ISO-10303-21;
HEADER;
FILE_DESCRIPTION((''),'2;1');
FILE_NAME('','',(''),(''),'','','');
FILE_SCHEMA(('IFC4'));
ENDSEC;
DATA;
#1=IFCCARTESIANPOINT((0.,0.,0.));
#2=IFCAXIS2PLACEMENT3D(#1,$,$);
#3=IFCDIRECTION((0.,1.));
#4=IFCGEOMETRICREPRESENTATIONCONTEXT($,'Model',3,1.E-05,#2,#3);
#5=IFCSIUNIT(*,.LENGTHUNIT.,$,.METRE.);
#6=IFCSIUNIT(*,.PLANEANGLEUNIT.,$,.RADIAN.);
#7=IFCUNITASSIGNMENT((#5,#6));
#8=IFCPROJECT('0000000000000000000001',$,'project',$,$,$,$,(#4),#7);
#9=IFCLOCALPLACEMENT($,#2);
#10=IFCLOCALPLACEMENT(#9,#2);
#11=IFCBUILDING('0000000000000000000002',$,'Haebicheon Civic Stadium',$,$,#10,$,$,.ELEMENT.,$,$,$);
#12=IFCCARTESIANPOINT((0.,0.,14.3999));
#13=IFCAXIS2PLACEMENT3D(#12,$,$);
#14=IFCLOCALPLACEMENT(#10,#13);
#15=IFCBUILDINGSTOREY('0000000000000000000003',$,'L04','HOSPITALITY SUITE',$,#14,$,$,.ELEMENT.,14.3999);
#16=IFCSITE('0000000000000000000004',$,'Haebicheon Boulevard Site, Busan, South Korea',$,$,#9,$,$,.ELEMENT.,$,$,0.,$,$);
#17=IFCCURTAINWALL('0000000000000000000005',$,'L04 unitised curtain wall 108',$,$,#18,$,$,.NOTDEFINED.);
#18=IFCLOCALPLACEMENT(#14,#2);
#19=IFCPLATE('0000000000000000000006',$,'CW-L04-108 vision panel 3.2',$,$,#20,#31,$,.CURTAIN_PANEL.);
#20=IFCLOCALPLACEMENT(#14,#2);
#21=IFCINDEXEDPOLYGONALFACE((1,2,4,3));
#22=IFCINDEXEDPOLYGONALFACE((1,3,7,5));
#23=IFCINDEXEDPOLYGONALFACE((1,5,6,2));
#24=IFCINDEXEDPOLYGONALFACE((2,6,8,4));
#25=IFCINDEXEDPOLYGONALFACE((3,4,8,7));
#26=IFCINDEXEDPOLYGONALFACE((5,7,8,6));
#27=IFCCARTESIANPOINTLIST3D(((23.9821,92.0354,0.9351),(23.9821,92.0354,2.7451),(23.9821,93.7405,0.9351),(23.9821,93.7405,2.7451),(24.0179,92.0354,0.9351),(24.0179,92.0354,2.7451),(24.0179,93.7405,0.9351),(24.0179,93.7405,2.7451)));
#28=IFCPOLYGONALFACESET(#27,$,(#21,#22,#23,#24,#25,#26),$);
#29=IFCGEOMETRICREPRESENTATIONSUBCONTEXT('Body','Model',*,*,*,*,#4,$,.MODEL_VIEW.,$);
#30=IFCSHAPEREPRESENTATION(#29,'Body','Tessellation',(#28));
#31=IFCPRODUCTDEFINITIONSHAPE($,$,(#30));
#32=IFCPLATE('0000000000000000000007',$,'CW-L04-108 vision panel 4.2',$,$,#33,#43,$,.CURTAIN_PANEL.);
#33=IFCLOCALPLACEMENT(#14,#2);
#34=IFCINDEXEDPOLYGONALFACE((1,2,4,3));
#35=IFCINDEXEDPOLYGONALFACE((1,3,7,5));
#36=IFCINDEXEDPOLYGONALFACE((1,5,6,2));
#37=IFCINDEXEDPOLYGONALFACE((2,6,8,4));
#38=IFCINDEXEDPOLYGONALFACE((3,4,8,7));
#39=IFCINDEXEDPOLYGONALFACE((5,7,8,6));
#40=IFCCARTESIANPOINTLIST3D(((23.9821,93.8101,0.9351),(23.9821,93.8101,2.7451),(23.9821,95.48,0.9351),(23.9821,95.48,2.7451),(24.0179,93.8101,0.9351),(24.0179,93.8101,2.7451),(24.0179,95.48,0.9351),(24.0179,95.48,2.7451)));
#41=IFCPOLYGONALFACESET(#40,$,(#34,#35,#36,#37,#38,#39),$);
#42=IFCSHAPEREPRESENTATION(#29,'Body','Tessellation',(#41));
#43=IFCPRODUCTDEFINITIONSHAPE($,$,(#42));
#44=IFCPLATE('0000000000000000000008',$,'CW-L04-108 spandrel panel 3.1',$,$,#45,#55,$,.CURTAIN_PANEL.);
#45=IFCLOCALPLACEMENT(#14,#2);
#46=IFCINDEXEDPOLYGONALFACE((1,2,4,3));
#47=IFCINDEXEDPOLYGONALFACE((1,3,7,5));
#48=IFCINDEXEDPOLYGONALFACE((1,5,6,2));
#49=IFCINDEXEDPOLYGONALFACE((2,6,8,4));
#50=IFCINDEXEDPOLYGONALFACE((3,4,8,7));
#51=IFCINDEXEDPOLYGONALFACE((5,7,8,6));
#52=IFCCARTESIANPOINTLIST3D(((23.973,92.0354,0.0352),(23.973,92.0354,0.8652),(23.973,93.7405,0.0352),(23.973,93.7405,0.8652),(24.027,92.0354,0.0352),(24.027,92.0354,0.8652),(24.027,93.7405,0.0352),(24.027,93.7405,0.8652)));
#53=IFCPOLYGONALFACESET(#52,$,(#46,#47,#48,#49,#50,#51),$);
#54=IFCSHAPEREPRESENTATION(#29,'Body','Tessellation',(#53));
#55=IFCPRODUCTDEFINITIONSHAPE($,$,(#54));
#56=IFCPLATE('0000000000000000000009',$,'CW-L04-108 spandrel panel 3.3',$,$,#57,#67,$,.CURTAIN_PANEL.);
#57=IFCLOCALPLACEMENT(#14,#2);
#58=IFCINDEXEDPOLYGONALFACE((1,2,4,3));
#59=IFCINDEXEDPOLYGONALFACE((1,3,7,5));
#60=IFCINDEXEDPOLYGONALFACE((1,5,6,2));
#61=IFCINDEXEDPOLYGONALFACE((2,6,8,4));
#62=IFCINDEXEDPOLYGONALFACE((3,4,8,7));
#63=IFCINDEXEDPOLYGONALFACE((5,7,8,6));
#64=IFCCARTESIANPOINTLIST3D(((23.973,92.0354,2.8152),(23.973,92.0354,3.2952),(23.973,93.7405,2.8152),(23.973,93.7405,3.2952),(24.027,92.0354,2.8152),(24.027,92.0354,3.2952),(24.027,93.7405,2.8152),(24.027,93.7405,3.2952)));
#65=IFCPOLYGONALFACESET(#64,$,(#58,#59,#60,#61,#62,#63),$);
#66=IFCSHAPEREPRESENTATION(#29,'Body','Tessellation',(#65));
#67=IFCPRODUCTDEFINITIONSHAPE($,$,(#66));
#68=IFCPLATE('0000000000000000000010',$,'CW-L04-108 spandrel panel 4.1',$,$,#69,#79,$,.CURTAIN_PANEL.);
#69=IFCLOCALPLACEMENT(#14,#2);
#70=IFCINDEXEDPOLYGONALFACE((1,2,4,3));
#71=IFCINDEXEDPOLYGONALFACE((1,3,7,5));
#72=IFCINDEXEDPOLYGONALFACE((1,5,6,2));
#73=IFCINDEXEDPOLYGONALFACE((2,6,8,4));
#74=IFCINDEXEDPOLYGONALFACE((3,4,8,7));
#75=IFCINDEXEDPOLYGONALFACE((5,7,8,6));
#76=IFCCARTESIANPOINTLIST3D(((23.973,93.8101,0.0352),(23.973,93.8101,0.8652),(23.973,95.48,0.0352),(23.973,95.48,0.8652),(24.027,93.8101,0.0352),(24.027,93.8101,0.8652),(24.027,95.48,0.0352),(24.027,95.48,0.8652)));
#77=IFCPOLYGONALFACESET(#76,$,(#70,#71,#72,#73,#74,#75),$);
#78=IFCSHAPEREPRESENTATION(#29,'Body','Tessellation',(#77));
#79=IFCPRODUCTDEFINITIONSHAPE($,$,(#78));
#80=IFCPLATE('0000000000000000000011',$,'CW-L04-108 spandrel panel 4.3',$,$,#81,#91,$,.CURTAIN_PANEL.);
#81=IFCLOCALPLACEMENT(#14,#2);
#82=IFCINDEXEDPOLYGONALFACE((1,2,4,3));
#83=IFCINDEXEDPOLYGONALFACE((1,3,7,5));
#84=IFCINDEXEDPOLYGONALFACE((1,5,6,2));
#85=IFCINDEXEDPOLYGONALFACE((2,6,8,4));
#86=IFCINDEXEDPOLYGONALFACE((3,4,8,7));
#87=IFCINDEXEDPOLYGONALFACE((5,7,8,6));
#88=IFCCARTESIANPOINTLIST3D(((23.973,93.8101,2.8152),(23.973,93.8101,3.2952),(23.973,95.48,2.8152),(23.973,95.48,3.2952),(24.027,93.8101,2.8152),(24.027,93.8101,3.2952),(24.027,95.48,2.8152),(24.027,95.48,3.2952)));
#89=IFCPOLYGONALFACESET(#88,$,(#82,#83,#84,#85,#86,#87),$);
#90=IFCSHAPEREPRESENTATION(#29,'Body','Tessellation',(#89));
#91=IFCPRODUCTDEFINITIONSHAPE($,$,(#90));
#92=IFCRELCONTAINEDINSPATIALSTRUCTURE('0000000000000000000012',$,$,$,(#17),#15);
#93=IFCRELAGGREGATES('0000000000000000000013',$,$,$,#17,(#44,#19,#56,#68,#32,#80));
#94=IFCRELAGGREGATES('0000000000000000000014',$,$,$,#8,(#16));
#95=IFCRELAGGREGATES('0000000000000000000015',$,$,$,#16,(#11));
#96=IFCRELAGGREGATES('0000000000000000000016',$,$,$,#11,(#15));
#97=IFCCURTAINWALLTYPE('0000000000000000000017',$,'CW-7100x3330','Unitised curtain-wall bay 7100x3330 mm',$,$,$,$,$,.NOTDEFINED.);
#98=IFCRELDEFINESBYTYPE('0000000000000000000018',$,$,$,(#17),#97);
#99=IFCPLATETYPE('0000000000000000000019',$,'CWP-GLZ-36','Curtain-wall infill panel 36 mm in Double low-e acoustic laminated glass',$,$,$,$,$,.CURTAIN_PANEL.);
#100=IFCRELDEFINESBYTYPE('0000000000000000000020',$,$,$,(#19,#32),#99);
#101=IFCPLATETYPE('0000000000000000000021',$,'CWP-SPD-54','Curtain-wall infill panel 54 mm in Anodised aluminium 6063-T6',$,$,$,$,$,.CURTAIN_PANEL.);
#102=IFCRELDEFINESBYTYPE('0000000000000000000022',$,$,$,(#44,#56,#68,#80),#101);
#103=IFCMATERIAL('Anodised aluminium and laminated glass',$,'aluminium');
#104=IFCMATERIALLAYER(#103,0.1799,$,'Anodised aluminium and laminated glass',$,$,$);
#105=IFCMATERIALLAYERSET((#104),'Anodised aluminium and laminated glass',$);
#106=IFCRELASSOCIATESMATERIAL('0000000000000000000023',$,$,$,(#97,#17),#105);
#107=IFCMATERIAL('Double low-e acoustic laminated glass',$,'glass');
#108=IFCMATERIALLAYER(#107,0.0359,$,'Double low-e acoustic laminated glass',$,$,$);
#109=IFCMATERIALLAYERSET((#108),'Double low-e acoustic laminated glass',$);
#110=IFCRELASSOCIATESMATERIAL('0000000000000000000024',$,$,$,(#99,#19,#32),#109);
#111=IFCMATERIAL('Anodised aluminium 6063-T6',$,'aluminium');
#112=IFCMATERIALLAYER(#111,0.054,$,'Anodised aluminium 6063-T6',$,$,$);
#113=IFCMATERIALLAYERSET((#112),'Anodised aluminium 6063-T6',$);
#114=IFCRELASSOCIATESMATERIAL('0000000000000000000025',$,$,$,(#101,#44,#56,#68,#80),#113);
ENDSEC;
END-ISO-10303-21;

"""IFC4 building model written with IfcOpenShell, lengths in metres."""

from ifc_helpers import new_model, si_unit, direction, frame, origin, origin_2d, place, context, subcontext, project, spatial, rectangle, extrude, material, layer, layer_set, type_object, element, aggregate, save


model = new_model("IFC4")

# Units and contexts
model_context = context("Model", 3, precision=1e-05, world=origin(), true_north=direction((0.0, 1.0)))
body_context = subcontext(model_context, "Body", "Model", "MODEL_VIEW")
ifc_project = project(units=[si_unit("LENGTHUNIT", "METRE"), si_unit("PLANEANGLEUNIT", "RADIAN")], contexts=[model_context])

# Site, building, storey
site_placement = place(None, origin())
site = spatial("IfcSite", under=ifc_project, at=site_placement, Name="Haebicheon Boulevard Site, Busan, South Korea", CompositionType="ELEMENT", RefElevation=0.0)
building_placement = place(site_placement, origin())
building = spatial("IfcBuilding", under=site, at=building_placement, Name="Haebicheon Civic Stadium", CompositionType="ELEMENT")
storey_placement = place(building_placement, frame((0.0, 0.0, 14.3999)))
storey = spatial("IfcBuildingStorey", under=building, at=storey_placement, Name="L04", Description="HOSPITALITY SUITE", CompositionType="ELEMENT", Elevation=14.3999)

# Curtain wall
ifc_material_1 = material(Name="Anodised aluminium and laminated glass", Category="aluminium")
ifc_layer_1 = layer(ifc_material_1, 0.1799, Name="Anodised aluminium and laminated glass")
ifc_layer_set_1 = layer_set([ifc_layer_1], Name="Anodised aluminium and laminated glass")
curtain_wall_type = type_object("IfcCurtainWallType", Name="CW-7100x3330", Description="Unitised curtain-wall bay 7100x3330 mm", PredefinedType="NOTDEFINED", material=ifc_layer_set_1)
curtain_wall_placement = place(storey_placement, origin())
curtain_wall = element("IfcCurtainWall", 1, at=curtain_wall_placement, inside=storey, type_object=curtain_wall_type, material=ifc_layer_set_1, Name="L04 unitised curtain wall 108", PredefinedType="NOTDEFINED")

# Plates
ifc_material_2 = material(Name="Double low-e acoustic laminated glass", Category="glass")
ifc_layer_2 = layer(ifc_material_2, 0.0359, Name="Double low-e acoustic laminated glass")
ifc_layer_set_2 = layer_set([ifc_layer_2], Name="Double low-e acoustic laminated glass")
plate_type_1 = type_object("IfcPlateType", Name="CWP-GLZ-36", Description="Curtain-wall infill panel 36 mm in Double low-e acoustic laminated glass", PredefinedType="CURTAIN_PANEL", material=ifc_layer_set_2)
plate_1_placement = place(storey_placement, frame((24.0, 92.8879, 0.9351), z_axis=(0.0, 0.0, 1.0), x_axis=(0.0, 1.0, 0.0)))
plate_1 = element("IfcPlate", 2, at=plate_1_placement, type_object=plate_type_1, material=ifc_layer_set_2, Name="CW-L04-108 vision panel 3.2", PredefinedType="CURTAIN_PANEL", context=body_context, shape_type="SweptSolid", body=[
    extrude(rectangle(XDim=1.7051, YDim=0.0359, at=origin_2d()), origin(), (0.0, 0.0, 1.0), 1.8101),
])
plate_2_placement = place(storey_placement, frame((24.0, 94.645, 0.9351), z_axis=(0.0, 0.0, 1.0), x_axis=(0.0, 1.0, 0.0)))
plate_2 = element("IfcPlate", 3, at=plate_2_placement, type_object=plate_type_1, material=ifc_layer_set_2, Name="CW-L04-108 vision panel 4.2", PredefinedType="CURTAIN_PANEL", context=body_context, shape_type="SweptSolid", body=[
    extrude(rectangle(XDim=1.6699, YDim=0.0359, at=origin_2d()), origin(), (0.0, 0.0, 1.0), 1.8101),
])
ifc_material_3 = material(Name="Anodised aluminium 6063-T6", Category="aluminium")
ifc_layer_3 = layer(ifc_material_3, 0.054, Name="Anodised aluminium 6063-T6")
ifc_layer_set_3 = layer_set([ifc_layer_3], Name="Anodised aluminium 6063-T6")
plate_type_2 = type_object("IfcPlateType", Name="CWP-SPD-54", Description="Curtain-wall infill panel 54 mm in Anodised aluminium 6063-T6", PredefinedType="CURTAIN_PANEL", material=ifc_layer_set_3)
plate_3_placement = place(storey_placement, frame((24.0, 92.8879, 0.0352), z_axis=(0.0, 0.0, 1.0), x_axis=(0.0, 1.0, 0.0)))
plate_3 = element("IfcPlate", 4, at=plate_3_placement, type_object=plate_type_2, material=ifc_layer_set_3, Name="CW-L04-108 spandrel panel 3.1", PredefinedType="CURTAIN_PANEL", context=body_context, shape_type="SweptSolid", body=[
    extrude(rectangle(XDim=1.7051, YDim=0.054, at=origin_2d()), origin(), (0.0, 0.0, 1.0), 0.8301),
])
plate_4_placement = place(storey_placement, frame((24.0, 92.8879, 2.8152), z_axis=(0.0, 0.0, 1.0), x_axis=(0.0, 1.0, 0.0)))
plate_4 = element("IfcPlate", 5, at=plate_4_placement, type_object=plate_type_2, material=ifc_layer_set_3, Name="CW-L04-108 spandrel panel 3.3", PredefinedType="CURTAIN_PANEL", context=body_context, shape_type="SweptSolid", body=[
    extrude(rectangle(XDim=1.7051, YDim=0.054, at=origin_2d()), origin(), (0.0, 0.0, 1.0), 0.48),
])
plate_5_placement = place(storey_placement, frame((24.0, 94.645, 0.0352), z_axis=(0.0, 0.0, 1.0), x_axis=(0.0, 1.0, 0.0)))
plate_5 = element("IfcPlate", 6, at=plate_5_placement, type_object=plate_type_2, material=ifc_layer_set_3, Name="CW-L04-108 spandrel panel 4.1", PredefinedType="CURTAIN_PANEL", context=body_context, shape_type="SweptSolid", body=[
    extrude(rectangle(XDim=1.6699, YDim=0.054, at=origin_2d()), origin(), (0.0, 0.0, 1.0), 0.8301),
])
plate_6_placement = place(storey_placement, frame((24.0, 94.645, 2.8152), z_axis=(0.0, 0.0, 1.0), x_axis=(0.0, 1.0, 0.0)))
plate_6 = element("IfcPlate", 7, at=plate_6_placement, type_object=plate_type_2, material=ifc_layer_set_3, Name="CW-L04-108 spandrel panel 4.3", PredefinedType="CURTAIN_PANEL", context=body_context, shape_type="SweptSolid", body=[
    extrude(rectangle(XDim=1.6699, YDim=0.054, at=origin_2d()), origin(), (0.0, 0.0, 1.0), 0.48),
])
aggregate(curtain_wall, [plate_3, plate_1, plate_4, plate_5, plate_2, plate_6])

save(model, "model.ifc")
